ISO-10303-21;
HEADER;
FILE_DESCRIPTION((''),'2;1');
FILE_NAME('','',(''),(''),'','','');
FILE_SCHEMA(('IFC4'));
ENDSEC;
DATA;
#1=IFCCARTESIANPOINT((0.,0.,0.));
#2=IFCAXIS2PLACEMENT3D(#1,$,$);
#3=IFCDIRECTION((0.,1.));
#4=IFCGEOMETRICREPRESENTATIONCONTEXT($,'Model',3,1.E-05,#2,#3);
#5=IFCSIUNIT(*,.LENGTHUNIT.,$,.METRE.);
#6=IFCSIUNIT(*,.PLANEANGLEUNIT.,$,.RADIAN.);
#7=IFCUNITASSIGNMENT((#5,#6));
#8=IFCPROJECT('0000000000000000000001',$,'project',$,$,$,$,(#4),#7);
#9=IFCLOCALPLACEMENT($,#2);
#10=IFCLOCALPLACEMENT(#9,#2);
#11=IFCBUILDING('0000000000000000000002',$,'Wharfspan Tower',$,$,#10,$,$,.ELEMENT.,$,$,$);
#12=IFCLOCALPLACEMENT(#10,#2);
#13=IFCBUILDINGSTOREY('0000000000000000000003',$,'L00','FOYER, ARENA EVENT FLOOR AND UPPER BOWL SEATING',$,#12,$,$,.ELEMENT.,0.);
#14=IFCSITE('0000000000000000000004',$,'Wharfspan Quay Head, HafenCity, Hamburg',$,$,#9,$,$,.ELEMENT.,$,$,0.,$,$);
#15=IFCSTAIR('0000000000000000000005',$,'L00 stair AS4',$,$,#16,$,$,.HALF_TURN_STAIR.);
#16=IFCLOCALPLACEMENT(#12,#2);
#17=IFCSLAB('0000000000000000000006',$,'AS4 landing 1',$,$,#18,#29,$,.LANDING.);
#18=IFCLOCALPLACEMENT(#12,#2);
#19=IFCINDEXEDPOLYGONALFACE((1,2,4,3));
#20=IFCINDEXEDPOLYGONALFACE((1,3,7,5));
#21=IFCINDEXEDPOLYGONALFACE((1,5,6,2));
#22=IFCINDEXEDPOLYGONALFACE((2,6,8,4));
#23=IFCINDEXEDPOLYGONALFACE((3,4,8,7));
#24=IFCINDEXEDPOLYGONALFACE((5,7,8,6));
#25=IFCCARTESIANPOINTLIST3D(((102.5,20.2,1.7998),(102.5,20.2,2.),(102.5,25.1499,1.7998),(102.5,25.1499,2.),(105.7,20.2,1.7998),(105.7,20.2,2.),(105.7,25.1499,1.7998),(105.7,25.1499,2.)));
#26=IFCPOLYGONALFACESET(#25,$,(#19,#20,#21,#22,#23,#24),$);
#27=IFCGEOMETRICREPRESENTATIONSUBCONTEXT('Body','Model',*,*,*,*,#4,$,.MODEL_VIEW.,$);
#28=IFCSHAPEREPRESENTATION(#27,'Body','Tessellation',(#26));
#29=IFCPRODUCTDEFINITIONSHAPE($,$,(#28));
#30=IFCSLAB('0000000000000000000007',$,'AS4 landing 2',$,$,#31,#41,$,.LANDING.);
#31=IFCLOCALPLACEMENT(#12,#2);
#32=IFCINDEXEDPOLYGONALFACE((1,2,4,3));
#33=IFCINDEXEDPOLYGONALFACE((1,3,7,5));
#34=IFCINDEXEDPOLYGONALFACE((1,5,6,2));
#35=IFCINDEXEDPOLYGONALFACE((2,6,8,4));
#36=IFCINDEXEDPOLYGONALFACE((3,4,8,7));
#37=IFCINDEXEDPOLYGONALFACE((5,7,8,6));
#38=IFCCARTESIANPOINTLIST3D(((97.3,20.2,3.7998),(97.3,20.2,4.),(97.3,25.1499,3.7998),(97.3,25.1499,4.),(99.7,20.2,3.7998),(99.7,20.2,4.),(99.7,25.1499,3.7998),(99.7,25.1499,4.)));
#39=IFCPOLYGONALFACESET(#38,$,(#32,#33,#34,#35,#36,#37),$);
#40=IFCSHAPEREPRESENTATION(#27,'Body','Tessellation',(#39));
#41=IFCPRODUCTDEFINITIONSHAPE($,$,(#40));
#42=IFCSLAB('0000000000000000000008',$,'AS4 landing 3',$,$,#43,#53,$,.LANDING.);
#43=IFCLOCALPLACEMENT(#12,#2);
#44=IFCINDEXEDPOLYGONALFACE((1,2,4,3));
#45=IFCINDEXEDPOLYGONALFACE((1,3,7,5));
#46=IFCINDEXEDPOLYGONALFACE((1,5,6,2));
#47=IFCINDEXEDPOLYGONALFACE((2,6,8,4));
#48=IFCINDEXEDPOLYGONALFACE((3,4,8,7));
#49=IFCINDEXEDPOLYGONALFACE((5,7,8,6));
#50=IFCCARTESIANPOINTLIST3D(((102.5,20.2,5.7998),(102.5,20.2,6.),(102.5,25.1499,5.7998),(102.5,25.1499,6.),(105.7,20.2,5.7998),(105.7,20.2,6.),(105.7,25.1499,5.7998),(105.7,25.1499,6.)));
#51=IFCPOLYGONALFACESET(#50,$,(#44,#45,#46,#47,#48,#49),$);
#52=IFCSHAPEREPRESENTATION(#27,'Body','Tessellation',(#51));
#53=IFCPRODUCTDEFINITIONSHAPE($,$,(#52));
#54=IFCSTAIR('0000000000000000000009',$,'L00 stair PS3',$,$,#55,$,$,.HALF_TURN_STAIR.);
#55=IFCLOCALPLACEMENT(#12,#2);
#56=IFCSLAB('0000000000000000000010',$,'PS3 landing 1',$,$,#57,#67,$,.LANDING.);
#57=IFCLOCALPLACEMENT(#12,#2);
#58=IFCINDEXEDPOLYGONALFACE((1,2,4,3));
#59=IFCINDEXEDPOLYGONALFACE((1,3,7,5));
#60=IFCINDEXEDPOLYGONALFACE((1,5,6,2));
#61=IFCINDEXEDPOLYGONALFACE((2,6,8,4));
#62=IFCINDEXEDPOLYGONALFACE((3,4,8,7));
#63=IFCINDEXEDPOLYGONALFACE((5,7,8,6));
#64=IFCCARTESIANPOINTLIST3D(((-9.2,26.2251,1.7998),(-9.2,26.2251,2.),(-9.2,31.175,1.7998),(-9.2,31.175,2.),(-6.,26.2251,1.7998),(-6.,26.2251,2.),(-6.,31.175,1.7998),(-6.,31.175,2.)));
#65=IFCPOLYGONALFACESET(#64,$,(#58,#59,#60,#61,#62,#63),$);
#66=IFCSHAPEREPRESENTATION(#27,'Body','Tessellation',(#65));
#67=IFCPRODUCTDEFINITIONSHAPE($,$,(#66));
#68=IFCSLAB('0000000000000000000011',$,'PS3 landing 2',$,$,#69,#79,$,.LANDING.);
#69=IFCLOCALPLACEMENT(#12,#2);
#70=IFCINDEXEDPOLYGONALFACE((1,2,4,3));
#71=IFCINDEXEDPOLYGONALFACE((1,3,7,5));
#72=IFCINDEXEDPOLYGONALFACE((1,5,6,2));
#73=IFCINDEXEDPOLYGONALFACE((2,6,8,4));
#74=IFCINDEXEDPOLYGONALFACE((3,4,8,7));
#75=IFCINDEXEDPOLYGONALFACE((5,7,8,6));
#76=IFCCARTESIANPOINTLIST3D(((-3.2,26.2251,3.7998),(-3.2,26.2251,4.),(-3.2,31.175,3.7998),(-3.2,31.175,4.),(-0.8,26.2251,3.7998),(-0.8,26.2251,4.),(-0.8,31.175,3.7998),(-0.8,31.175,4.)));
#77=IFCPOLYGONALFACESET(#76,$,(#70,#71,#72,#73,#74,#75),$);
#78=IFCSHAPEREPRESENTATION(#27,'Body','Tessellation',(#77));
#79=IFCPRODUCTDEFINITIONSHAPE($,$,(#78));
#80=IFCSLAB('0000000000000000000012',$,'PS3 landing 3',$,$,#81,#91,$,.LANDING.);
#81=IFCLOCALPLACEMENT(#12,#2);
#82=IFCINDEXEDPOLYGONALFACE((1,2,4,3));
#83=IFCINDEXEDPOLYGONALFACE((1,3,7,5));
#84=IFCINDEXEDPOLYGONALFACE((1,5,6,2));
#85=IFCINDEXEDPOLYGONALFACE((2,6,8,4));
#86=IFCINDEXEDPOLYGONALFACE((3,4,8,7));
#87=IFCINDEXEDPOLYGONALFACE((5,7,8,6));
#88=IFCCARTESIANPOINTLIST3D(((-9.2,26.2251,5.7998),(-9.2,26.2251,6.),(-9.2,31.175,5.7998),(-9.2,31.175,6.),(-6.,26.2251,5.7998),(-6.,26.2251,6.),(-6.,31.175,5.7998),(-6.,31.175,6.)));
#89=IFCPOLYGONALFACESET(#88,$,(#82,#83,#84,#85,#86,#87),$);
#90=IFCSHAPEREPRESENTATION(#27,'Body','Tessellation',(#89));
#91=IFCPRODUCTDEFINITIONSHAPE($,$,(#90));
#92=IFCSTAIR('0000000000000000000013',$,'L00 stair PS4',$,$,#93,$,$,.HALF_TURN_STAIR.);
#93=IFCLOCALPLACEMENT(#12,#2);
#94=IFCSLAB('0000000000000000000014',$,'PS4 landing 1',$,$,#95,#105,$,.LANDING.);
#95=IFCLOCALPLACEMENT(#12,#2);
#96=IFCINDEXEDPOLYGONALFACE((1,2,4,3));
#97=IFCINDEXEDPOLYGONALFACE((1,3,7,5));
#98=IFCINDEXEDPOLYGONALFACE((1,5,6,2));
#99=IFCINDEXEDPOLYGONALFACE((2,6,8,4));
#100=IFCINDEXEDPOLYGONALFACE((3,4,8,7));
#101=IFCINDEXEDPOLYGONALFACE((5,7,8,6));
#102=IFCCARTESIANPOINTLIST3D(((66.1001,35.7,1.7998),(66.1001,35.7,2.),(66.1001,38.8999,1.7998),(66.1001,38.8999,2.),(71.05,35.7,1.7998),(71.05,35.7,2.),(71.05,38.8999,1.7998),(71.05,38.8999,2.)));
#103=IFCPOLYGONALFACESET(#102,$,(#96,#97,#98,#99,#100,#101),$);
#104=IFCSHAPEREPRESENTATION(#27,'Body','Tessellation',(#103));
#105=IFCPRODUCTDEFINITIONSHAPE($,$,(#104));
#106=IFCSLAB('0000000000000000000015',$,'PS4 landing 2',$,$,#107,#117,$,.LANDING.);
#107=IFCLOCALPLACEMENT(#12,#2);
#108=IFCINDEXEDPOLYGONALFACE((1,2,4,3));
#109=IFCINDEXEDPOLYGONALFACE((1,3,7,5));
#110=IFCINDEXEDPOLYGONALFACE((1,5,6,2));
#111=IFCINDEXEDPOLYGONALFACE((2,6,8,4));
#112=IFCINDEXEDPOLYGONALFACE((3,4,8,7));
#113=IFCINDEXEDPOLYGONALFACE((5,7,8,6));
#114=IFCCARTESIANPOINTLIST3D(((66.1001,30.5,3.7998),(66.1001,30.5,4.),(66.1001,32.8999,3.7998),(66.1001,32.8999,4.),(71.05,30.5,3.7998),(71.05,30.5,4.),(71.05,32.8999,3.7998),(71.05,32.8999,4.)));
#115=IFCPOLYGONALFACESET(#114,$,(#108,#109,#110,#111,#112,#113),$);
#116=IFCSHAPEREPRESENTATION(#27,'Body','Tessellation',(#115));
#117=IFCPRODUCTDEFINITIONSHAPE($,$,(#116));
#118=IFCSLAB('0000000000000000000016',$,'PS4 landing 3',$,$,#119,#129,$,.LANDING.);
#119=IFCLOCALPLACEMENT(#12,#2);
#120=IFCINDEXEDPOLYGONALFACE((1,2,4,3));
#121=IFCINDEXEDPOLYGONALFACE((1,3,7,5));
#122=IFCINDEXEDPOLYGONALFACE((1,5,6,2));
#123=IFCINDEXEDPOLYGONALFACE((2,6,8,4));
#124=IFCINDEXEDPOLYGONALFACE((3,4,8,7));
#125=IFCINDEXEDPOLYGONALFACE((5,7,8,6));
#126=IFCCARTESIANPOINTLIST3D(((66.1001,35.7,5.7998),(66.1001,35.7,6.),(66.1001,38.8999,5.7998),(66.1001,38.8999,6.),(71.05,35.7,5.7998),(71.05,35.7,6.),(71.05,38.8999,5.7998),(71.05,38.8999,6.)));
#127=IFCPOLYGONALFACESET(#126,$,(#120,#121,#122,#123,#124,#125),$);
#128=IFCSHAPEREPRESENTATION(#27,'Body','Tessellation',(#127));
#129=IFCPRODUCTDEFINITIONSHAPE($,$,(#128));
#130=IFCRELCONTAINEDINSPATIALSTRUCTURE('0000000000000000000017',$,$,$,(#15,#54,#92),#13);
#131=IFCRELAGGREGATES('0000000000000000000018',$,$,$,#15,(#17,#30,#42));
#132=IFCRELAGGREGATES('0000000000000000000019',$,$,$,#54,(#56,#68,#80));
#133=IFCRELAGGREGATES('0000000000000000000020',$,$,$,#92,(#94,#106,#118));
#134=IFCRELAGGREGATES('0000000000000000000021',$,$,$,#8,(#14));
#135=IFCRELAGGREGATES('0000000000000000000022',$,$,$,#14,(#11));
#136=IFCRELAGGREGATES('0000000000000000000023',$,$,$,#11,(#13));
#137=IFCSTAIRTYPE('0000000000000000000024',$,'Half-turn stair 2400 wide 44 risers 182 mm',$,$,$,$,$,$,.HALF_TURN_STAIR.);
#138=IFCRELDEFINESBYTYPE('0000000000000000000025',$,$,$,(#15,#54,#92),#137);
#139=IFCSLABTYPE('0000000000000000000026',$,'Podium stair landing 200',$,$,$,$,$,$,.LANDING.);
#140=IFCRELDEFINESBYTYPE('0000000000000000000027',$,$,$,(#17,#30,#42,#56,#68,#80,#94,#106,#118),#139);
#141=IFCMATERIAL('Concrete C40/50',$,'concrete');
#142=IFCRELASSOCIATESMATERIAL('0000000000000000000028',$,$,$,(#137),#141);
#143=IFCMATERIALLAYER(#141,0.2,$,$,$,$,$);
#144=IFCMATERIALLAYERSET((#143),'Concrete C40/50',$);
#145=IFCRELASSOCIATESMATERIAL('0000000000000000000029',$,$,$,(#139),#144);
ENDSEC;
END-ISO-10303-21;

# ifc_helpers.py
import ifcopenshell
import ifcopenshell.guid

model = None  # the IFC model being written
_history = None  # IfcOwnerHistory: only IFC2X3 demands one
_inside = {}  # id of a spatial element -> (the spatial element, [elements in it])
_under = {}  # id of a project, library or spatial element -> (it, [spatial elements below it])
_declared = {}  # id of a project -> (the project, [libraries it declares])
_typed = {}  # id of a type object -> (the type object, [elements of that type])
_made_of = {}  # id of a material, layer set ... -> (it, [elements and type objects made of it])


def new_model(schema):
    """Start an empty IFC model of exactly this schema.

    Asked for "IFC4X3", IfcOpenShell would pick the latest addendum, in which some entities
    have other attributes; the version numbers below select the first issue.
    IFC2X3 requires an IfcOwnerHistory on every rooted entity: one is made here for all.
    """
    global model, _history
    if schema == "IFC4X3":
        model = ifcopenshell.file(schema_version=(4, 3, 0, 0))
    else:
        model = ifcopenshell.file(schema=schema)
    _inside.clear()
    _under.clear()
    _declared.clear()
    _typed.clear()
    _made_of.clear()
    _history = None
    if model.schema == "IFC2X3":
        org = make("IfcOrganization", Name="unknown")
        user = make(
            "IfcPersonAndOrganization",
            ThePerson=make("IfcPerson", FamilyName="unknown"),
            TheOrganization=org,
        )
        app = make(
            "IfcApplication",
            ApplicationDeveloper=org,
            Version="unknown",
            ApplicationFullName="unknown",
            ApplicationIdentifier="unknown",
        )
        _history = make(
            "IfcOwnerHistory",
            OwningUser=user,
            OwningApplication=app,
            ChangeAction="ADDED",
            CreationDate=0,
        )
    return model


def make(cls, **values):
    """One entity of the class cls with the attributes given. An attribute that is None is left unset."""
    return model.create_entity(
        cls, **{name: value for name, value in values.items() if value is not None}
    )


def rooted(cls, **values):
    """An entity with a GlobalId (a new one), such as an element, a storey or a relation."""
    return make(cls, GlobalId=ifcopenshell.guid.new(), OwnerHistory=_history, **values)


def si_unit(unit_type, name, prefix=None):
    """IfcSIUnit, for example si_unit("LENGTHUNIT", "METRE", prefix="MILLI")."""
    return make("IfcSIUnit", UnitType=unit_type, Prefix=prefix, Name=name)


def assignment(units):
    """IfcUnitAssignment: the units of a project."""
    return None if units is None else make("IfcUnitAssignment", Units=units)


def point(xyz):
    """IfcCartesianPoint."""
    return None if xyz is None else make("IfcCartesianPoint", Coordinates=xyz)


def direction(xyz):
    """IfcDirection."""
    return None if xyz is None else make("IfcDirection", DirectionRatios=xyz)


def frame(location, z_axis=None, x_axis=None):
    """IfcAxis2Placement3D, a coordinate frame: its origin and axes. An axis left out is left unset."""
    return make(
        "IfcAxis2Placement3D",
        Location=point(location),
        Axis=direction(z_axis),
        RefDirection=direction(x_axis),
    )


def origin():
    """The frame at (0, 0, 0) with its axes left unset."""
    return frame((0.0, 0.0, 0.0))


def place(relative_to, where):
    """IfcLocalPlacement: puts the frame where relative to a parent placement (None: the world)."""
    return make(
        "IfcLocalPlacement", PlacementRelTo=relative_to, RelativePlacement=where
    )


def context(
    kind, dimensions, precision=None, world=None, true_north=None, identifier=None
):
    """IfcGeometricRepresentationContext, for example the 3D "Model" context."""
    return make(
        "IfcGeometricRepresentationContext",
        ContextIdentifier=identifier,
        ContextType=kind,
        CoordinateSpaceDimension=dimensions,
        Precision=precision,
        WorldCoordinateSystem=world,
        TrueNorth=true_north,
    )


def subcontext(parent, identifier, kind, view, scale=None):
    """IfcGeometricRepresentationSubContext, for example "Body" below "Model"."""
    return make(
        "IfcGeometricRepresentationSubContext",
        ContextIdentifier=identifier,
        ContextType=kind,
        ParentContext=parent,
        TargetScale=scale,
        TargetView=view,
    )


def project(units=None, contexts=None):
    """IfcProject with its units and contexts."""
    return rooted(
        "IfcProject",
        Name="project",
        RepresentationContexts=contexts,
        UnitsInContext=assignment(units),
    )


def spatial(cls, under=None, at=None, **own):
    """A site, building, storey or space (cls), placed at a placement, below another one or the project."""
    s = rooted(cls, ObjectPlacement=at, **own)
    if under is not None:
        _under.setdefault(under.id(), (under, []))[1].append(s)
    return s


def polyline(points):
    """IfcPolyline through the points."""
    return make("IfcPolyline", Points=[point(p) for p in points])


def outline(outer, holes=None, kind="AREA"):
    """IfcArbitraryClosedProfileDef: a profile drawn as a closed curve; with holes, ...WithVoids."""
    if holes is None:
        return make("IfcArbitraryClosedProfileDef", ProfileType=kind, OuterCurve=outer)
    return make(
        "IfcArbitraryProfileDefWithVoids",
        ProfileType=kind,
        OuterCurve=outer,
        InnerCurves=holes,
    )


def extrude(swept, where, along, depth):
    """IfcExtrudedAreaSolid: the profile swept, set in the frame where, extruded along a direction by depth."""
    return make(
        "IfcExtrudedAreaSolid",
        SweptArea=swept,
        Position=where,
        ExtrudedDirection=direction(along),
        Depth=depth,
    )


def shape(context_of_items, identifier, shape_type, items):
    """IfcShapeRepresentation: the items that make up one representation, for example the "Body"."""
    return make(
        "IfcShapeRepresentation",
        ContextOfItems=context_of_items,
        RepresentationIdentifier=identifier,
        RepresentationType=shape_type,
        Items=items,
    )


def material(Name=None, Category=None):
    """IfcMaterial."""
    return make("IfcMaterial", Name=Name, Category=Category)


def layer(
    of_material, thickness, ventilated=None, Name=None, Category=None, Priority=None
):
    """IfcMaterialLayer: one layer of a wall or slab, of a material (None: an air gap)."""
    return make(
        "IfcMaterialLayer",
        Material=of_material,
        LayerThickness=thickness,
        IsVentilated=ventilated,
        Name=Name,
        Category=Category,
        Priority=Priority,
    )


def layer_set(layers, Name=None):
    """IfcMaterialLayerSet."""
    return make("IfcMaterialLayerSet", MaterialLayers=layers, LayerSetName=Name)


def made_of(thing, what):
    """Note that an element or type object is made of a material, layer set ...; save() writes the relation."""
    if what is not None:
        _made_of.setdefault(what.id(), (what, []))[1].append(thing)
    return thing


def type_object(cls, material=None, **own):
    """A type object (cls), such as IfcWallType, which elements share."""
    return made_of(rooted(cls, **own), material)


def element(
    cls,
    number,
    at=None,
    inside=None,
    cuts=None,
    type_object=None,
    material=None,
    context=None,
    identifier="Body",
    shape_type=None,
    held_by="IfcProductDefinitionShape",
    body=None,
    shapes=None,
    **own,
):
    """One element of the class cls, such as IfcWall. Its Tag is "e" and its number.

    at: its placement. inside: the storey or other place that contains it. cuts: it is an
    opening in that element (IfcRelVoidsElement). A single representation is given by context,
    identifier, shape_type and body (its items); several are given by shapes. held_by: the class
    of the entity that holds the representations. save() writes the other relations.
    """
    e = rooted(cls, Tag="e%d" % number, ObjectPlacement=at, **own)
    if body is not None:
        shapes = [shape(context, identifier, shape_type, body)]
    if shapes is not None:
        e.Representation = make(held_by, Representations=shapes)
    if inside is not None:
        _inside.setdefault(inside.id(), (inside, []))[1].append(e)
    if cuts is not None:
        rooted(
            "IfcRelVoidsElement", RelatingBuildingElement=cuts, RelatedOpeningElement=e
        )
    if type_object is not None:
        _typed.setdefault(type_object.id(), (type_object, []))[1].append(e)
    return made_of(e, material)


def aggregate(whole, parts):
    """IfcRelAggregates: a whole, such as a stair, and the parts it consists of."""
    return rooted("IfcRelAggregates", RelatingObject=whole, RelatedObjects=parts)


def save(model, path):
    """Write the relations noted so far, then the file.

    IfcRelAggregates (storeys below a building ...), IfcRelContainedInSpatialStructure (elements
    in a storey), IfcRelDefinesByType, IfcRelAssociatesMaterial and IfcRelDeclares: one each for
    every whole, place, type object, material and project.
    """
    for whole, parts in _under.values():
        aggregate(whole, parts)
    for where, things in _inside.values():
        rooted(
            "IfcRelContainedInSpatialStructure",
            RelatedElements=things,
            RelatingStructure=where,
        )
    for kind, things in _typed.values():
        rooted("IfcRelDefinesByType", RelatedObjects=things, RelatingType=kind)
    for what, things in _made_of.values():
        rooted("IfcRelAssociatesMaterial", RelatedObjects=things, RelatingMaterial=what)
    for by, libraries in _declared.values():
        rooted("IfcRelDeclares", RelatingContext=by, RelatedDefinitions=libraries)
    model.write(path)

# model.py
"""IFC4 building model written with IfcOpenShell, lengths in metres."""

from ifc_helpers import new_model, si_unit, direction, frame, origin, place, context, subcontext, project, spatial, polyline, outline, extrude, material, layer, layer_set, type_object, element, aggregate, save


model = new_model("IFC4")

# Units and contexts
model_context = context("Model", 3, precision=1e-05, world=origin(), true_north=direction((0.0, 1.0)))
body_context = subcontext(model_context, "Body", "Model", "MODEL_VIEW")
ifc_project = project(units=[si_unit("LENGTHUNIT", "METRE"), si_unit("PLANEANGLEUNIT", "RADIAN")], contexts=[model_context])

# Site, building, storey
site_placement = place(None, origin())
site = spatial("IfcSite", under=ifc_project, at=site_placement, Name="Wharfspan Quay Head, HafenCity, Hamburg", CompositionType="ELEMENT", RefElevation=0.0)
building_placement = place(site_placement, origin())
building = spatial("IfcBuilding", under=site, at=building_placement, Name="Wharfspan Tower", CompositionType="ELEMENT")
storey_placement = place(building_placement, origin())
storey = spatial("IfcBuildingStorey", under=building, at=storey_placement, Name="L00", Description="FOYER, ARENA EVENT FLOOR AND UPPER BOWL SEATING", CompositionType="ELEMENT", Elevation=0.0)

# Stairs, slabs
ifc_material = material(Name="Concrete C40/50", Category="concrete")
stair_type = type_object("IfcStairType", Name="Half-turn stair 2400 wide 44 risers 182 mm", PredefinedType="HALF_TURN_STAIR", material=ifc_material)
ifc_layer = layer(ifc_material, 0.2)
ifc_layer_set = layer_set([ifc_layer], Name="Concrete C40/50")
slab_type = type_object("IfcSlabType", Name="Podium stair landing 200", PredefinedType="LANDING", material=ifc_layer_set)
stair_1_placement = place(storey_placement, origin())
stair_1 = element("IfcStair", 1, at=stair_1_placement, inside=storey, type_object=stair_type, Name="L00 stair AS4", PredefinedType="HALF_TURN_STAIR")
slab_1_placement = place(storey_placement, frame((0.0, 0.0, 1.7998)))
slab_1 = element("IfcSlab", 2, at=slab_1_placement, type_object=slab_type, Name="AS4 landing 1", PredefinedType="LANDING", context=body_context, shape_type="SweptSolid", body=[
    extrude(outline(polyline([(102.5, 20.2), (105.7, 20.2), (105.7, 25.1499), (102.5, 25.1499), (102.5, 20.2)])), origin(), (0.0, 0.0, 1.0), 0.2002),
])
slab_2_placement = place(storey_placement, frame((0.0, 0.0, 3.7998)))
slab_2 = element("IfcSlab", 3, at=slab_2_placement, type_object=slab_type, Name="AS4 landing 2", PredefinedType="LANDING", context=body_context, shape_type="SweptSolid", body=[
    extrude(outline(polyline([(97.3, 20.2), (99.7, 20.2), (99.7, 25.1499), (97.3, 25.1499), (97.3, 20.2)])), origin(), (0.0, 0.0, 1.0), 0.2002),
])
slab_3_placement = place(storey_placement, frame((0.0, 0.0, 5.7998)))
slab_3 = element("IfcSlab", 4, at=slab_3_placement, type_object=slab_type, Name="AS4 landing 3", PredefinedType="LANDING", context=body_context, shape_type="SweptSolid", body=[
    extrude(outline(polyline([(102.5, 20.2), (105.7, 20.2), (105.7, 25.1499), (102.5, 25.1499), (102.5, 20.2)])), origin(), (0.0, 0.0, 1.0), 0.2002),
])
aggregate(stair_1, [slab_1, slab_2, slab_3])
stair_2_placement = place(storey_placement, origin())
stair_2 = element("IfcStair", 5, at=stair_2_placement, inside=storey, type_object=stair_type, Name="L00 stair PS3", PredefinedType="HALF_TURN_STAIR")
slab_4_placement = place(storey_placement, frame((0.0, 0.0, 1.7998)))
slab_4 = element("IfcSlab", 6, at=slab_4_placement, type_object=slab_type, Name="PS3 landing 1", PredefinedType="LANDING", context=body_context, shape_type="SweptSolid", body=[
    extrude(outline(polyline([(-6.0, 31.175), (-9.2, 31.175), (-9.2, 26.2251), (-6.0, 26.2251), (-6.0, 31.175)])), origin(), (0.0, 0.0, 1.0), 0.2002),
])
slab_5_placement = place(storey_placement, frame((0.0, 0.0, 3.7998)))
slab_5 = element("IfcSlab", 7, at=slab_5_placement, type_object=slab_type, Name="PS3 landing 2", PredefinedType="LANDING", context=body_context, shape_type="SweptSolid", body=[
    extrude(outline(polyline([(-0.8, 31.175), (-3.2, 31.175), (-3.2, 26.2251), (-0.8, 26.2251), (-0.8, 31.175)])), origin(), (0.0, 0.0, 1.0), 0.2002),
])
slab_6_placement = place(storey_placement, frame((0.0, 0.0, 5.7998)))
slab_6 = element("IfcSlab", 8, at=slab_6_placement, type_object=slab_type, Name="PS3 landing 3", PredefinedType="LANDING", context=body_context, shape_type="SweptSolid", body=[
    extrude(outline(polyline([(-6.0, 31.175), (-9.2, 31.175), (-9.2, 26.2251), (-6.0, 26.2251), (-6.0, 31.175)])), origin(), (0.0, 0.0, 1.0), 0.2002),
])
aggregate(stair_2, [slab_4, slab_5, slab_6])
stair_3_placement = place(storey_placement, origin())
stair_3 = element("IfcStair", 9, at=stair_3_placement, inside=storey, type_object=stair_type, Name="L00 stair PS4", PredefinedType="HALF_TURN_STAIR")
slab_7_placement = place(storey_placement, frame((0.0, 0.0, 1.7998)))
slab_7 = element("IfcSlab", 10, at=slab_7_placement, type_object=slab_type, Name="PS4 landing 1", PredefinedType="LANDING", context=body_context, shape_type="SweptSolid", body=[
    extrude(outline(polyline([(71.05, 35.7), (71.05, 38.8999), (66.1001, 38.8999), (66.1001, 35.7), (71.05, 35.7)])), origin(), (0.0, 0.0, 1.0), 0.2002),
])
slab_8_placement = place(storey_placement, frame((0.0, 0.0, 3.7998)))
slab_8 = element("IfcSlab", 11, at=slab_8_placement, type_object=slab_type, Name="PS4 landing 2", PredefinedType="LANDING", context=body_context, shape_type="SweptSolid", body=[
    extrude(outline(polyline([(71.05, 30.5), (71.05, 32.8999), (66.1001, 32.8999), (66.1001, 30.5), (71.05, 30.5)])), origin(), (0.0, 0.0, 1.0), 0.2002),
])
slab_9_placement = place(storey_placement, frame((0.0, 0.0, 5.7998)))
slab_9 = element("IfcSlab", 12, at=slab_9_placement, type_object=slab_type, Name="PS4 landing 3", PredefinedType="LANDING", context=body_context, shape_type="SweptSolid", body=[
    extrude(outline(polyline([(71.05, 35.7), (71.05, 38.8999), (66.1001, 38.8999), (66.1001, 35.7), (71.05, 35.7)])), origin(), (0.0, 0.0, 1.0), 0.2002),
])
aggregate(stair_3, [slab_7, slab_8, slab_9])

save(model, "model.ifc")
